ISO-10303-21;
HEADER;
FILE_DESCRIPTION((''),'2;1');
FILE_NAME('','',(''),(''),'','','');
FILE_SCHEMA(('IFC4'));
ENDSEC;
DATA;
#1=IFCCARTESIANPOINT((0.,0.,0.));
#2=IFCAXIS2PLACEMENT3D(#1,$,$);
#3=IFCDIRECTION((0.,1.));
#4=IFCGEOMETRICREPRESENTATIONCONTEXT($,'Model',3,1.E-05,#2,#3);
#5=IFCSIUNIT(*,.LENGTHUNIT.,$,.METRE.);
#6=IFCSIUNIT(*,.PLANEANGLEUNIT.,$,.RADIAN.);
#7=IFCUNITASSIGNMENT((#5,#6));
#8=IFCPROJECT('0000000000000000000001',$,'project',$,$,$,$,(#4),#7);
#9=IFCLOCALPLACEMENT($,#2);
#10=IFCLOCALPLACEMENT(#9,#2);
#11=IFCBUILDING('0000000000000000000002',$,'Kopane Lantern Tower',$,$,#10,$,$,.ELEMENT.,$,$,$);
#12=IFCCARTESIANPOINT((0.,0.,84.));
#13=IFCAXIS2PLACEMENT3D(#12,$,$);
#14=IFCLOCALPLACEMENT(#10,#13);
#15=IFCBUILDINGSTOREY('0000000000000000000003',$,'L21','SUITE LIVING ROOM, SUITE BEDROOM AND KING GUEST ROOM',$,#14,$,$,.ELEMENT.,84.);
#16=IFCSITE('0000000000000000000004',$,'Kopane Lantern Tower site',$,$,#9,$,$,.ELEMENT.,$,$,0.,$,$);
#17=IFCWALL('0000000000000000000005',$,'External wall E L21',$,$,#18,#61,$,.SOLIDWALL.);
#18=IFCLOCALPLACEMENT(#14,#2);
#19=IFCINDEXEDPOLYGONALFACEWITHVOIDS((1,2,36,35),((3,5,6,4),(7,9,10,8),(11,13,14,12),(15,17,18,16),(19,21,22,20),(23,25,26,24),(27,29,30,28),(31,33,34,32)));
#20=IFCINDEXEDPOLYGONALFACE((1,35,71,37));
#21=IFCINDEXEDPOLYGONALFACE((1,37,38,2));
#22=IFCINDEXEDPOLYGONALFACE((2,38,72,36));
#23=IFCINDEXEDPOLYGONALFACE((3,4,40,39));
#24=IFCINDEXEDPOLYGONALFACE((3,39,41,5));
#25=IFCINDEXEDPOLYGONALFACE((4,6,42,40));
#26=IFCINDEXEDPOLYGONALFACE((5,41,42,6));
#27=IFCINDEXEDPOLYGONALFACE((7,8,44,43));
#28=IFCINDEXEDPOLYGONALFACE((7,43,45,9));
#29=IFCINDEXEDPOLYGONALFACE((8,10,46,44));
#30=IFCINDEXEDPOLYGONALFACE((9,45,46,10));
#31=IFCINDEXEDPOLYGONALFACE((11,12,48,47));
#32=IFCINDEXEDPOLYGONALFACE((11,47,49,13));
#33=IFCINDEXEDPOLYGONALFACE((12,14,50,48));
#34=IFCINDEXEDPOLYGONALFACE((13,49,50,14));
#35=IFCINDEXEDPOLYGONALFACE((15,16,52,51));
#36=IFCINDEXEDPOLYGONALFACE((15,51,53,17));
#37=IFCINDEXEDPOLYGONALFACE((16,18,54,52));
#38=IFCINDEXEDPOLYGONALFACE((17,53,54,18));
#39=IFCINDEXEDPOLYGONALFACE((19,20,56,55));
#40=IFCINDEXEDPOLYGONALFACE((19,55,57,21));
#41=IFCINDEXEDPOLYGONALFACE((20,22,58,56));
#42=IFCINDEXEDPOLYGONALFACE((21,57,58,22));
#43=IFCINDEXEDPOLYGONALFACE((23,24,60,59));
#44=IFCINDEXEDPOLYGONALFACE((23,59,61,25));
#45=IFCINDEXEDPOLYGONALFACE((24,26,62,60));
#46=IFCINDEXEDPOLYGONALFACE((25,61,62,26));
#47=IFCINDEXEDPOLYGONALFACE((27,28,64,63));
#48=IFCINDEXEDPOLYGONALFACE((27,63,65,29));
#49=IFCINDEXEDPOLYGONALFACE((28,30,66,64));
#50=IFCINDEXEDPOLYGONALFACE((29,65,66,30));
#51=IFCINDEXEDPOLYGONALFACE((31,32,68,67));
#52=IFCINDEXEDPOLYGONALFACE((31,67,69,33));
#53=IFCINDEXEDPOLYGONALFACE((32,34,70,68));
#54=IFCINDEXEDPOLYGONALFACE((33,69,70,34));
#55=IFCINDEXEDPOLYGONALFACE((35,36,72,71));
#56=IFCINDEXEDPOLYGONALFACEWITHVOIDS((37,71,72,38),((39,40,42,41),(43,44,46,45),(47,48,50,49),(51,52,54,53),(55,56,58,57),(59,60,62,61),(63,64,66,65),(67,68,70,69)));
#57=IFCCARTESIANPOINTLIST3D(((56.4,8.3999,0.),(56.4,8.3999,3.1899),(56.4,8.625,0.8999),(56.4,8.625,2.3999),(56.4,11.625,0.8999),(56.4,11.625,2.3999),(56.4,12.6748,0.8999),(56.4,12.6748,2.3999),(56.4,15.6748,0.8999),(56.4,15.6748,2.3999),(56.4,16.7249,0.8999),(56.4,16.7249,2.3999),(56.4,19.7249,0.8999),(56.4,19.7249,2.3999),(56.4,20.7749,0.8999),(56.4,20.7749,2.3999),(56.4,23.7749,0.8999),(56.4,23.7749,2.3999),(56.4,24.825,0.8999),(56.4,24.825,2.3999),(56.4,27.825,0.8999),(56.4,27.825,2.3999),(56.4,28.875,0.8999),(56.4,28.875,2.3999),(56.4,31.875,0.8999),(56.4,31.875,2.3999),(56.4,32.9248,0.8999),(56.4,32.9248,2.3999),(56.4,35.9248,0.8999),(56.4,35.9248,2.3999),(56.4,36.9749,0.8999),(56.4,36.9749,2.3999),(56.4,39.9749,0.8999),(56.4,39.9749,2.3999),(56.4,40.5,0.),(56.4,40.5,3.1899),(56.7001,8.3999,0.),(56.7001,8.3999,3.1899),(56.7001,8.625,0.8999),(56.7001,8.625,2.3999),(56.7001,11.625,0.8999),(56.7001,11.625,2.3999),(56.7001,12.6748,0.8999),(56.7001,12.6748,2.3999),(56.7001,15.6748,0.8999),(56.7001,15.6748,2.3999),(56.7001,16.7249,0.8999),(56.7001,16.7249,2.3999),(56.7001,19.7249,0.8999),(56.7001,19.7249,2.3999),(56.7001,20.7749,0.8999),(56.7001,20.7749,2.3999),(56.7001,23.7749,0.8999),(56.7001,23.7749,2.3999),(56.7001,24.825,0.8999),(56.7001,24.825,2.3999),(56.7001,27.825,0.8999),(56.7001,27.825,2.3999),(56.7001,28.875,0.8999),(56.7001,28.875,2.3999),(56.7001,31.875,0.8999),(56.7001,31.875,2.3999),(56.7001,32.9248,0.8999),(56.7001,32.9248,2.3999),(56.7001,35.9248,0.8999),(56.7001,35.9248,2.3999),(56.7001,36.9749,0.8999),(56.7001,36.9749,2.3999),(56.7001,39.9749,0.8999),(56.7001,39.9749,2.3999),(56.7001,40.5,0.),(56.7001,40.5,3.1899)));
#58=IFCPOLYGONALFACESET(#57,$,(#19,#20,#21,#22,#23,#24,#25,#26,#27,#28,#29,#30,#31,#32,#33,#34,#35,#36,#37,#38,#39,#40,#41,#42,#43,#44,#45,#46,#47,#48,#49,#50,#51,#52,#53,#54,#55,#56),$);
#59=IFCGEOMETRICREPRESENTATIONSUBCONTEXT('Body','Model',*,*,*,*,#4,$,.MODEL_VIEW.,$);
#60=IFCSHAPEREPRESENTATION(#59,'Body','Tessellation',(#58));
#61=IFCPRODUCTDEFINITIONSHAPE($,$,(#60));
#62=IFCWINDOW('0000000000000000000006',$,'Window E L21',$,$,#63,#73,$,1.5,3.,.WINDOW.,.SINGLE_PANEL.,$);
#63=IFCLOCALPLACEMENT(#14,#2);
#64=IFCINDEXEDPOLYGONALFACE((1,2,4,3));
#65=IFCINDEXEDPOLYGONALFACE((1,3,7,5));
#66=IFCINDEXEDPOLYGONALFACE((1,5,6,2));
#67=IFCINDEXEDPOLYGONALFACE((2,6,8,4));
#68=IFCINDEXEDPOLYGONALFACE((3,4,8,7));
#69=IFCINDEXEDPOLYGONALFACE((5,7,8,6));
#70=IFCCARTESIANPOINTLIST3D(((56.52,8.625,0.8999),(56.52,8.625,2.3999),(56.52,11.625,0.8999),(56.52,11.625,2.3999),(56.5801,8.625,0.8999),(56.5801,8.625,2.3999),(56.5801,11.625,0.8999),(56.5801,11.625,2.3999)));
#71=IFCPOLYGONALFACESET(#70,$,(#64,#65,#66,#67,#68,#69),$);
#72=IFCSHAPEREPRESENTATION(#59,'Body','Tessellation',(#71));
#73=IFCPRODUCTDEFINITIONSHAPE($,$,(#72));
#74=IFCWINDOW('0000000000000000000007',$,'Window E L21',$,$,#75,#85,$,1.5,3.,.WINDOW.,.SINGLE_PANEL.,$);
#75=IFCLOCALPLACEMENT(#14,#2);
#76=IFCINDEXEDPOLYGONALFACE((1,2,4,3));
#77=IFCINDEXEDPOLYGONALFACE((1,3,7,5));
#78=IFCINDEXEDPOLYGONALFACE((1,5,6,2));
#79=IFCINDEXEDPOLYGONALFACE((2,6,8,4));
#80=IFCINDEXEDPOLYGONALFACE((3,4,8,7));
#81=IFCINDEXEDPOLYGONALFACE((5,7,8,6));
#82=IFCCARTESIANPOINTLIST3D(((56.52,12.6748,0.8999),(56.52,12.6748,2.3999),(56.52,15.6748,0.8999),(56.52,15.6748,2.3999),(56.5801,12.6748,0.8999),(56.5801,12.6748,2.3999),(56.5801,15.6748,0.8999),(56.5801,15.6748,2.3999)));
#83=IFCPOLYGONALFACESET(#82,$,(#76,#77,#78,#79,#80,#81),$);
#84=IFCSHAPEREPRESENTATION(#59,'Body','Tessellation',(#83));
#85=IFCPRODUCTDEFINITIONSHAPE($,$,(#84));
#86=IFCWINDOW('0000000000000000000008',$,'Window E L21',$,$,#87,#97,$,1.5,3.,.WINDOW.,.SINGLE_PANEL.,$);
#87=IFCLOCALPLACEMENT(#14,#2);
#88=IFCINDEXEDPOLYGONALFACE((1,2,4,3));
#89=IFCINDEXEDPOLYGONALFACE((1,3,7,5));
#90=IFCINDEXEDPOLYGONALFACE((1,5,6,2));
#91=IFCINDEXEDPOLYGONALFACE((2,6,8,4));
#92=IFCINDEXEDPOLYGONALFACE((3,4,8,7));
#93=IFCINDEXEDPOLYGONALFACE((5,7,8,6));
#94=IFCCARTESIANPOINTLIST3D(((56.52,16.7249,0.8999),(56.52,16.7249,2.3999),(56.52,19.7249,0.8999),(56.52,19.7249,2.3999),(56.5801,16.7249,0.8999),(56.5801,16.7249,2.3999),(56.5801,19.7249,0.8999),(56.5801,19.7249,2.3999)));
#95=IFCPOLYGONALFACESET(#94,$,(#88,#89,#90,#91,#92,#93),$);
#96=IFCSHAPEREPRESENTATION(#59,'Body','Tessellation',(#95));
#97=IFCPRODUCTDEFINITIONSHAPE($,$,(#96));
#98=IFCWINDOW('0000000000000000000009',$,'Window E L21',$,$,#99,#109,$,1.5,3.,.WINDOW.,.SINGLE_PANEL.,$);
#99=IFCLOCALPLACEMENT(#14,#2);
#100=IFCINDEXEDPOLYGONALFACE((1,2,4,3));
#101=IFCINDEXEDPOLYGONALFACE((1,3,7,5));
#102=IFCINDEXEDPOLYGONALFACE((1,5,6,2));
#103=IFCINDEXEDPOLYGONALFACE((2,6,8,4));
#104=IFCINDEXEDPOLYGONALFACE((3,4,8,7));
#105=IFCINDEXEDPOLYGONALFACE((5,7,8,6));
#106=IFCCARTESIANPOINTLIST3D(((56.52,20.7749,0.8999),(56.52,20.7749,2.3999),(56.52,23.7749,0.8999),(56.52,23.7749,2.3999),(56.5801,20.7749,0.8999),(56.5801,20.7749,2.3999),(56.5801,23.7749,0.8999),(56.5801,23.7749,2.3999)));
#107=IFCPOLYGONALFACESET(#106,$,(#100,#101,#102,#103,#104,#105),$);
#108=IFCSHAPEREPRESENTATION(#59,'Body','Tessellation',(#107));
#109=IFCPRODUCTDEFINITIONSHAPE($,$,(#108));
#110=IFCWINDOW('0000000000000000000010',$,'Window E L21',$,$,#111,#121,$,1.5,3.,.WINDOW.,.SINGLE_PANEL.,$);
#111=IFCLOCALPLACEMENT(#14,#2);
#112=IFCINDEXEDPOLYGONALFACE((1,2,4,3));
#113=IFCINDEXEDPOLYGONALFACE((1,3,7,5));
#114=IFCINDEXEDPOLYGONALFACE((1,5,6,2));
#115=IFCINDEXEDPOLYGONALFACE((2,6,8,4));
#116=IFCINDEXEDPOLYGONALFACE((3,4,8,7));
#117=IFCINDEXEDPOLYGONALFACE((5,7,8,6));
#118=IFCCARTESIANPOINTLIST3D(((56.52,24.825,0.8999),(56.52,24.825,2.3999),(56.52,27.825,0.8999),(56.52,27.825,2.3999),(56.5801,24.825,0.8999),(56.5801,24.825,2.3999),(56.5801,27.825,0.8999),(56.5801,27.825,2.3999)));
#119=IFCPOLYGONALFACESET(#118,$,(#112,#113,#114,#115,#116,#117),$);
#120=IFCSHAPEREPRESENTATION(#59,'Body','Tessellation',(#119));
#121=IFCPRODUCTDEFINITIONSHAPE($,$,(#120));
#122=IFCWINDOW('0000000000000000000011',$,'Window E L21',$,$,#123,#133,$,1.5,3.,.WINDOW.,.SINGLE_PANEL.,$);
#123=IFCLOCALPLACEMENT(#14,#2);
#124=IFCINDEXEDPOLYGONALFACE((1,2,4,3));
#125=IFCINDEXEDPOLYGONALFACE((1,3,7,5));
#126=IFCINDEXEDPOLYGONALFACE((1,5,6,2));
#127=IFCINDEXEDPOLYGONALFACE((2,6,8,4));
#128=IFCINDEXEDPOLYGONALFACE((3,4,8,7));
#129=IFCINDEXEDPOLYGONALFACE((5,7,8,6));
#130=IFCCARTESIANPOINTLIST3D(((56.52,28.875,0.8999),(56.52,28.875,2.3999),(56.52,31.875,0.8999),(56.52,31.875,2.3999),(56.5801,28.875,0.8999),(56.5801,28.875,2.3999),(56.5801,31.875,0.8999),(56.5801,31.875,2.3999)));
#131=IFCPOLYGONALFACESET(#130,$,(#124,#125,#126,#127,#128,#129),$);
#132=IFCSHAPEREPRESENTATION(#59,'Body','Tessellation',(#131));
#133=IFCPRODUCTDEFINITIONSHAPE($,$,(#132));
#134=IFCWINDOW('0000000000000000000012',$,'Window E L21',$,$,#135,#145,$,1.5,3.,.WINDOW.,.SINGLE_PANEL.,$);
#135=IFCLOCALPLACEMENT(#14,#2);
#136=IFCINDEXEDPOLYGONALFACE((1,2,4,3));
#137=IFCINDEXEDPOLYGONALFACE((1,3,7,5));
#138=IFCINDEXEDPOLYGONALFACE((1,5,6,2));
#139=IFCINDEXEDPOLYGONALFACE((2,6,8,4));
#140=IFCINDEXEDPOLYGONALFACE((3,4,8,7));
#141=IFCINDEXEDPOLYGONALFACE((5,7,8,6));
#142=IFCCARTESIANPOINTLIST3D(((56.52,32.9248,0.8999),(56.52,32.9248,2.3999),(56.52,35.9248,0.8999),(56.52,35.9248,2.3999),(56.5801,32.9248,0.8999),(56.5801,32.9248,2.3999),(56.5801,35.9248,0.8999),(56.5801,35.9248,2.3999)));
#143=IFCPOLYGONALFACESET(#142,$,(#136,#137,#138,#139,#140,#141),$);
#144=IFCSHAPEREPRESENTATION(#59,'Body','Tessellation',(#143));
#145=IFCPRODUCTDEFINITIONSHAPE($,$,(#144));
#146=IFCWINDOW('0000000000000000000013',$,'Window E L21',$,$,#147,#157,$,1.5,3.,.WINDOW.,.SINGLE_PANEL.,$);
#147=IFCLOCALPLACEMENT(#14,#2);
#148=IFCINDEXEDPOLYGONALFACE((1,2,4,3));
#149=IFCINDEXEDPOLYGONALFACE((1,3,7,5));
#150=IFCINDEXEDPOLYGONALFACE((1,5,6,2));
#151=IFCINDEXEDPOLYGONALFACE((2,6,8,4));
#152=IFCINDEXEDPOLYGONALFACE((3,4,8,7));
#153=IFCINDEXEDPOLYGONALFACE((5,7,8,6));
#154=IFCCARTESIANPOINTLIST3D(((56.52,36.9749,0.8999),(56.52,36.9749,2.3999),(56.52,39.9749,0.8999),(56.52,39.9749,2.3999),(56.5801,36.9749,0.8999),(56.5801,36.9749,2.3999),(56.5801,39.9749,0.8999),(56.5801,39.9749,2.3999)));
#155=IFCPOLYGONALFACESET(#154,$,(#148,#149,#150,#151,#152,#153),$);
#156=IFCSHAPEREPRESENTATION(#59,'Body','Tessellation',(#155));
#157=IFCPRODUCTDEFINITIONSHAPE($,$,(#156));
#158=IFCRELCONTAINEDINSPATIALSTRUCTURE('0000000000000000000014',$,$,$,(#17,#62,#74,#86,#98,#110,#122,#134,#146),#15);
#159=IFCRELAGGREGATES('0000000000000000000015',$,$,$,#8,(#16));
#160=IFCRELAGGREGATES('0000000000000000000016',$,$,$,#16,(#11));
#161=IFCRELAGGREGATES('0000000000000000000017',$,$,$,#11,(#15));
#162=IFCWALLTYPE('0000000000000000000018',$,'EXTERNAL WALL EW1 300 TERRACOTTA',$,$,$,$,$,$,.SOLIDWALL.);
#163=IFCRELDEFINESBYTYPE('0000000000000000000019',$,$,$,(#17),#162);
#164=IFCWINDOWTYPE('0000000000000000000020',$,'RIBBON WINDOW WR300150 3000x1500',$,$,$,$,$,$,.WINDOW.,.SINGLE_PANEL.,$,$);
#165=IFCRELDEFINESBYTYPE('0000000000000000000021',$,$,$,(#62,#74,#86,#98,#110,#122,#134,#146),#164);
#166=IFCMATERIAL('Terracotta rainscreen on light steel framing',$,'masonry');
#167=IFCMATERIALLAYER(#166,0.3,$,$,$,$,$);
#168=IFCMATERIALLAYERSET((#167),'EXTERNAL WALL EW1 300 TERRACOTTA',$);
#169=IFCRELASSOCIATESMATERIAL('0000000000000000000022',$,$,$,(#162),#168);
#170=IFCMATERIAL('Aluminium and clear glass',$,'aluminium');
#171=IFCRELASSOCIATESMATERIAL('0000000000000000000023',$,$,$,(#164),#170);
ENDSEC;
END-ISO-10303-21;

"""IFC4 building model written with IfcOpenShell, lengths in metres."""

from ifc_helpers import new_model, si_unit, direction, frame, frame_2d, origin, place, context, subcontext, project, spatial, rectangle, extrude, material, layer, layer_set, type_object, element, fill, save


model = new_model("IFC4")

# Units and contexts
model_context = context("Model", 3, precision=1e-05, world=origin(), true_north=direction((0.0, 1.0)))
body_context = subcontext(model_context, "Body", "Model", "MODEL_VIEW")
ifc_project = project(units=[si_unit("LENGTHUNIT", "METRE"), si_unit("PLANEANGLEUNIT", "RADIAN")], contexts=[model_context])

# Site, building, storey
site_placement = place(None, origin())
site = spatial("IfcSite", under=ifc_project, at=site_placement, Name="Kopane Lantern Tower site", CompositionType="ELEMENT", RefElevation=0.0)
building_placement = place(site_placement, origin())
building = spatial("IfcBuilding", under=site, at=building_placement, Name="Kopane Lantern Tower", CompositionType="ELEMENT")
storey_placement = place(building_placement, frame((0.0, 0.0, 84.0)))
storey = spatial("IfcBuildingStorey", under=building, at=storey_placement, Name="L21", Description="SUITE LIVING ROOM, SUITE BEDROOM AND KING GUEST ROOM", CompositionType="ELEMENT", Elevation=84.0)

# Shared definitions
ifc_material_1 = material(Name="Terracotta rainscreen on light steel framing", Category="masonry")
ifc_layer_1 = layer(ifc_material_1, 0.3)
ifc_layer_set_1 = layer_set([ifc_layer_1], Name="EXTERNAL WALL EW1 300 TERRACOTTA")
wall_type_1 = type_object("IfcWallType", Name="EXTERNAL WALL EW1 300 TERRACOTTA", PredefinedType="SOLIDWALL", material=ifc_layer_set_1)
ifc_material_2 = material(Name="Aluminium and clear glass", Category="aluminium")
window_type = type_object("IfcWindowType", Name="RIBBON WINDOW WR300150 3000x1500", PartitioningType="SINGLE_PANEL", PredefinedType="WINDOW", material=ifc_material_2)

# Wall, openings, windows
wall_1_placement = place(storey_placement, frame((56.55, 8.3999, 0.0), z_axis=(0.0, 0.0, 1.0), x_axis=(0.0, 1.0, 0.0)))
wall_1 = element("IfcWall", 1, at=wall_1_placement, inside=storey, type_object=wall_type_1, Name="External wall E L21", PredefinedType="SOLIDWALL", context=body_context, shape_type="SweptSolid", body=[
    extrude(rectangle(XDim=32.1001, YDim=0.3, at=frame_2d((16.05, 0.0))), origin(), (0.0, 0.0, 1.0), 3.1899),
])
opening_1_placement = place(wall_1_placement, frame((0.2251, 0.0, 0.8999)))
opening_1 = element("IfcOpeningElement", 2, at=opening_1_placement, cuts=wall_1, PredefinedType="OPENING", context=body_context, shape_type="SweptSolid", body=[
    extrude(rectangle(XDim=3.0, YDim=1.5, at=frame_2d((1.5, 0.75))), frame((0.0, 0.1599, 0.0), z_axis=(0.0, -1.0, 0.0), x_axis=(1.0, 0.0, 0.0)), (0.0, 0.0, 1.0), 0.3201),
])
opening_2_placement = place(wall_1_placement, frame((4.2749, 0.0, 0.8999)))
opening_2 = element("IfcOpeningElement", 3, at=opening_2_placement, cuts=wall_1, PredefinedType="OPENING", context=body_context, shape_type="SweptSolid", body=[
    extrude(rectangle(XDim=3.0, YDim=1.5, at=frame_2d((1.5, 0.75))), frame((0.0, 0.1599, 0.0), z_axis=(0.0, -1.0, 0.0), x_axis=(1.0, 0.0, 0.0)), (0.0, 0.0, 1.0), 0.3201),
])
opening_3_placement = place(wall_1_placement, frame((8.325, 0.0, 0.8999)))
opening_3 = element("IfcOpeningElement", 4, at=opening_3_placement, cuts=wall_1, PredefinedType="OPENING", context=body_context, shape_type="SweptSolid", body=[
    extrude(rectangle(XDim=3.0, YDim=1.5, at=frame_2d((1.5, 0.75))), frame((0.0, 0.1599, 0.0), z_axis=(0.0, -1.0, 0.0), x_axis=(1.0, 0.0, 0.0)), (0.0, 0.0, 1.0), 0.3201),
])
opening_4_placement = place(wall_1_placement, frame((12.375, 0.0, 0.8999)))
opening_4 = element("IfcOpeningElement", 5, at=opening_4_placement, cuts=wall_1, PredefinedType="OPENING", context=body_context, shape_type="SweptSolid", body=[
    extrude(rectangle(XDim=3.0, YDim=1.5, at=frame_2d((1.5, 0.75))), frame((0.0, 0.1599, 0.0), z_axis=(0.0, -1.0, 0.0), x_axis=(1.0, 0.0, 0.0)), (0.0, 0.0, 1.0), 0.3201),
])
opening_5_placement = place(wall_1_placement, frame((16.425, 0.0, 0.8999)))
opening_5 = element("IfcOpeningElement", 6, at=opening_5_placement, cuts=wall_1, PredefinedType="OPENING", context=body_context, shape_type="SweptSolid", body=[
    extrude(rectangle(XDim=3.0, YDim=1.5, at=frame_2d((1.5, 0.75))), frame((0.0, 0.1599, 0.0), z_axis=(0.0, -1.0, 0.0), x_axis=(1.0, 0.0, 0.0)), (0.0, 0.0, 1.0), 0.3201),
])
opening_6_placement = place(wall_1_placement, frame((20.4751, 0.0, 0.8999)))
opening_6 = element("IfcOpeningElement", 7, at=opening_6_placement, cuts=wall_1, PredefinedType="OPENING", context=body_context, shape_type="SweptSolid", body=[
    extrude(rectangle(XDim=3.0, YDim=1.5, at=frame_2d((1.5, 0.75))), frame((0.0, 0.1599, 0.0), z_axis=(0.0, -1.0, 0.0), x_axis=(1.0, 0.0, 0.0)), (0.0, 0.0, 1.0), 0.3201),
])
opening_7_placement = place(wall_1_placement, frame((24.5249, 0.0, 0.8999)))
opening_7 = element("IfcOpeningElement", 8, at=opening_7_placement, cuts=wall_1, PredefinedType="OPENING", context=body_context, shape_type="SweptSolid", body=[
    extrude(rectangle(XDim=3.0, YDim=1.5, at=frame_2d((1.5, 0.75))), frame((0.0, 0.1599, 0.0), z_axis=(0.0, -1.0, 0.0), x_axis=(1.0, 0.0, 0.0)), (0.0, 0.0, 1.0), 0.3201),
])
opening_8_placement = place(wall_1_placement, frame((28.575, 0.0, 0.8999)))
opening_8 = element("IfcOpeningElement", 9, at=opening_8_placement, cuts=wall_1, PredefinedType="OPENING", context=body_context, shape_type="SweptSolid", body=[
    extrude(rectangle(XDim=3.0, YDim=1.5, at=frame_2d((1.5, 0.75))), frame((0.0, 0.1599, 0.0), z_axis=(0.0, -1.0, 0.0), x_axis=(1.0, 0.0, 0.0)), (0.0, 0.0, 1.0), 0.3201),
])
window_1_placement = place(opening_1_placement, origin())
window_1 = element("IfcWindow", 10, at=window_1_placement, inside=storey, type_object=window_type, Name="Window E L21", OverallHeight=1.5, OverallWidth=3.0, PartitioningType="SINGLE_PANEL", PredefinedType="WINDOW", context=body_context, shape_type="SweptSolid", body=[
    extrude(rectangle(XDim=3.0, YDim=1.5, at=frame_2d((1.5, 0.75))), frame((0.0, 0.03, 0.0), z_axis=(0.0, -1.0, 0.0), x_axis=(1.0, 0.0, 0.0)), (0.0, 0.0, 1.0), 0.0601),
])
fill(opening_1, window_1)
window_2_placement = place(opening_2_placement, origin())
window_2 = element("IfcWindow", 11, at=window_2_placement, inside=storey, type_object=window_type, Name="Window E L21", OverallHeight=1.5, OverallWidth=3.0, PartitioningType="SINGLE_PANEL", PredefinedType="WINDOW", context=body_context, shape_type="SweptSolid", body=[
    extrude(rectangle(XDim=3.0, YDim=1.5, at=frame_2d((1.5, 0.75))), frame((0.0, 0.03, 0.0), z_axis=(0.0, -1.0, 0.0), x_axis=(1.0, 0.0, 0.0)), (0.0, 0.0, 1.0), 0.0601),
])
fill(opening_2, window_2)
window_3_placement = place(opening_3_placement, origin())
window_3 = element("IfcWindow", 12, at=window_3_placement, inside=storey, type_object=window_type, Name="Window E L21", OverallHeight=1.5, OverallWidth=3.0, PartitioningType="SINGLE_PANEL", PredefinedType="WINDOW", context=body_context, shape_type="SweptSolid", body=[
    extrude(rectangle(XDim=3.0, YDim=1.5, at=frame_2d((1.5, 0.75))), frame((0.0, 0.03, 0.0), z_axis=(0.0, -1.0, 0.0), x_axis=(1.0, 0.0, 0.0)), (0.0, 0.0, 1.0), 0.0601),
])
fill(opening_3, window_3)
window_4_placement = place(opening_4_placement, origin())
window_4 = element("IfcWindow", 13, at=window_4_placement, inside=storey, type_object=window_type, Name="Window E L21", OverallHeight=1.5, OverallWidth=3.0, PartitioningType="SINGLE_PANEL", PredefinedType="WINDOW", context=body_context, shape_type="SweptSolid", body=[
    extrude(rectangle(XDim=3.0, YDim=1.5, at=frame_2d((1.5, 0.75))), frame((0.0, 0.03, 0.0), z_axis=(0.0, -1.0, 0.0), x_axis=(1.0, 0.0, 0.0)), (0.0, 0.0, 1.0), 0.0601),
])
fill(opening_4, window_4)
window_5_placement = place(opening_5_placement, origin())
window_5 = element("IfcWindow", 14, at=window_5_placement, inside=storey, type_object=window_type, Name="Window E L21", OverallHeight=1.5, OverallWidth=3.0, PartitioningType="SINGLE_PANEL", PredefinedType="WINDOW", context=body_context, shape_type="SweptSolid", body=[
    extrude(rectangle(XDim=3.0, YDim=1.5, at=frame_2d((1.5, 0.75))), frame((0.0, 0.03, 0.0), z_axis=(0.0, -1.0, 0.0), x_axis=(1.0, 0.0, 0.0)), (0.0, 0.0, 1.0), 0.0601),
])
fill(opening_5, window_5)
window_6_placement = place(opening_6_placement, origin())
window_6 = element("IfcWindow", 15, at=window_6_placement, inside=storey, type_object=window_type, Name="Window E L21", OverallHeight=1.5, OverallWidth=3.0, PartitioningType="SINGLE_PANEL", PredefinedType="WINDOW", context=body_context, shape_type="SweptSolid", body=[
    extrude(rectangle(XDim=3.0, YDim=1.5, at=frame_2d((1.5, 0.75))), frame((0.0, 0.03, 0.0), z_axis=(0.0, -1.0, 0.0), x_axis=(1.0, 0.0, 0.0)), (0.0, 0.0, 1.0), 0.0601),
])
fill(opening_6, window_6)
window_7_placement = place(opening_7_placement, origin())
window_7 = element("IfcWindow", 16, at=window_7_placement, inside=storey, type_object=window_type, Name="Window E L21", OverallHeight=1.5, OverallWidth=3.0, PartitioningType="SINGLE_PANEL", PredefinedType="WINDOW", context=body_context, shape_type="SweptSolid", body=[
    extrude(rectangle(XDim=3.0, YDim=1.5, at=frame_2d((1.5, 0.75))), frame((0.0, 0.03, 0.0), z_axis=(0.0, -1.0, 0.0), x_axis=(1.0, 0.0, 0.0)), (0.0, 0.0, 1.0), 0.0601),
])
fill(opening_7, window_7)
window_8_placement = place(opening_8_placement, origin())
window_8 = element("IfcWindow", 17, at=window_8_placement, inside=storey, type_object=window_type, Name="Window E L21", OverallHeight=1.5, OverallWidth=3.0, PartitioningType="SINGLE_PANEL", PredefinedType="WINDOW", context=body_context, shape_type="SweptSolid", body=[
    extrude(rectangle(XDim=3.0, YDim=1.5, at=frame_2d((1.5, 0.75))), frame((0.0, 0.03, 0.0), z_axis=(0.0, -1.0, 0.0), x_axis=(1.0, 0.0, 0.0)), (0.0, 0.0, 1.0), 0.0601),
])
fill(opening_8, window_8)

save(model, "model.ifc")
